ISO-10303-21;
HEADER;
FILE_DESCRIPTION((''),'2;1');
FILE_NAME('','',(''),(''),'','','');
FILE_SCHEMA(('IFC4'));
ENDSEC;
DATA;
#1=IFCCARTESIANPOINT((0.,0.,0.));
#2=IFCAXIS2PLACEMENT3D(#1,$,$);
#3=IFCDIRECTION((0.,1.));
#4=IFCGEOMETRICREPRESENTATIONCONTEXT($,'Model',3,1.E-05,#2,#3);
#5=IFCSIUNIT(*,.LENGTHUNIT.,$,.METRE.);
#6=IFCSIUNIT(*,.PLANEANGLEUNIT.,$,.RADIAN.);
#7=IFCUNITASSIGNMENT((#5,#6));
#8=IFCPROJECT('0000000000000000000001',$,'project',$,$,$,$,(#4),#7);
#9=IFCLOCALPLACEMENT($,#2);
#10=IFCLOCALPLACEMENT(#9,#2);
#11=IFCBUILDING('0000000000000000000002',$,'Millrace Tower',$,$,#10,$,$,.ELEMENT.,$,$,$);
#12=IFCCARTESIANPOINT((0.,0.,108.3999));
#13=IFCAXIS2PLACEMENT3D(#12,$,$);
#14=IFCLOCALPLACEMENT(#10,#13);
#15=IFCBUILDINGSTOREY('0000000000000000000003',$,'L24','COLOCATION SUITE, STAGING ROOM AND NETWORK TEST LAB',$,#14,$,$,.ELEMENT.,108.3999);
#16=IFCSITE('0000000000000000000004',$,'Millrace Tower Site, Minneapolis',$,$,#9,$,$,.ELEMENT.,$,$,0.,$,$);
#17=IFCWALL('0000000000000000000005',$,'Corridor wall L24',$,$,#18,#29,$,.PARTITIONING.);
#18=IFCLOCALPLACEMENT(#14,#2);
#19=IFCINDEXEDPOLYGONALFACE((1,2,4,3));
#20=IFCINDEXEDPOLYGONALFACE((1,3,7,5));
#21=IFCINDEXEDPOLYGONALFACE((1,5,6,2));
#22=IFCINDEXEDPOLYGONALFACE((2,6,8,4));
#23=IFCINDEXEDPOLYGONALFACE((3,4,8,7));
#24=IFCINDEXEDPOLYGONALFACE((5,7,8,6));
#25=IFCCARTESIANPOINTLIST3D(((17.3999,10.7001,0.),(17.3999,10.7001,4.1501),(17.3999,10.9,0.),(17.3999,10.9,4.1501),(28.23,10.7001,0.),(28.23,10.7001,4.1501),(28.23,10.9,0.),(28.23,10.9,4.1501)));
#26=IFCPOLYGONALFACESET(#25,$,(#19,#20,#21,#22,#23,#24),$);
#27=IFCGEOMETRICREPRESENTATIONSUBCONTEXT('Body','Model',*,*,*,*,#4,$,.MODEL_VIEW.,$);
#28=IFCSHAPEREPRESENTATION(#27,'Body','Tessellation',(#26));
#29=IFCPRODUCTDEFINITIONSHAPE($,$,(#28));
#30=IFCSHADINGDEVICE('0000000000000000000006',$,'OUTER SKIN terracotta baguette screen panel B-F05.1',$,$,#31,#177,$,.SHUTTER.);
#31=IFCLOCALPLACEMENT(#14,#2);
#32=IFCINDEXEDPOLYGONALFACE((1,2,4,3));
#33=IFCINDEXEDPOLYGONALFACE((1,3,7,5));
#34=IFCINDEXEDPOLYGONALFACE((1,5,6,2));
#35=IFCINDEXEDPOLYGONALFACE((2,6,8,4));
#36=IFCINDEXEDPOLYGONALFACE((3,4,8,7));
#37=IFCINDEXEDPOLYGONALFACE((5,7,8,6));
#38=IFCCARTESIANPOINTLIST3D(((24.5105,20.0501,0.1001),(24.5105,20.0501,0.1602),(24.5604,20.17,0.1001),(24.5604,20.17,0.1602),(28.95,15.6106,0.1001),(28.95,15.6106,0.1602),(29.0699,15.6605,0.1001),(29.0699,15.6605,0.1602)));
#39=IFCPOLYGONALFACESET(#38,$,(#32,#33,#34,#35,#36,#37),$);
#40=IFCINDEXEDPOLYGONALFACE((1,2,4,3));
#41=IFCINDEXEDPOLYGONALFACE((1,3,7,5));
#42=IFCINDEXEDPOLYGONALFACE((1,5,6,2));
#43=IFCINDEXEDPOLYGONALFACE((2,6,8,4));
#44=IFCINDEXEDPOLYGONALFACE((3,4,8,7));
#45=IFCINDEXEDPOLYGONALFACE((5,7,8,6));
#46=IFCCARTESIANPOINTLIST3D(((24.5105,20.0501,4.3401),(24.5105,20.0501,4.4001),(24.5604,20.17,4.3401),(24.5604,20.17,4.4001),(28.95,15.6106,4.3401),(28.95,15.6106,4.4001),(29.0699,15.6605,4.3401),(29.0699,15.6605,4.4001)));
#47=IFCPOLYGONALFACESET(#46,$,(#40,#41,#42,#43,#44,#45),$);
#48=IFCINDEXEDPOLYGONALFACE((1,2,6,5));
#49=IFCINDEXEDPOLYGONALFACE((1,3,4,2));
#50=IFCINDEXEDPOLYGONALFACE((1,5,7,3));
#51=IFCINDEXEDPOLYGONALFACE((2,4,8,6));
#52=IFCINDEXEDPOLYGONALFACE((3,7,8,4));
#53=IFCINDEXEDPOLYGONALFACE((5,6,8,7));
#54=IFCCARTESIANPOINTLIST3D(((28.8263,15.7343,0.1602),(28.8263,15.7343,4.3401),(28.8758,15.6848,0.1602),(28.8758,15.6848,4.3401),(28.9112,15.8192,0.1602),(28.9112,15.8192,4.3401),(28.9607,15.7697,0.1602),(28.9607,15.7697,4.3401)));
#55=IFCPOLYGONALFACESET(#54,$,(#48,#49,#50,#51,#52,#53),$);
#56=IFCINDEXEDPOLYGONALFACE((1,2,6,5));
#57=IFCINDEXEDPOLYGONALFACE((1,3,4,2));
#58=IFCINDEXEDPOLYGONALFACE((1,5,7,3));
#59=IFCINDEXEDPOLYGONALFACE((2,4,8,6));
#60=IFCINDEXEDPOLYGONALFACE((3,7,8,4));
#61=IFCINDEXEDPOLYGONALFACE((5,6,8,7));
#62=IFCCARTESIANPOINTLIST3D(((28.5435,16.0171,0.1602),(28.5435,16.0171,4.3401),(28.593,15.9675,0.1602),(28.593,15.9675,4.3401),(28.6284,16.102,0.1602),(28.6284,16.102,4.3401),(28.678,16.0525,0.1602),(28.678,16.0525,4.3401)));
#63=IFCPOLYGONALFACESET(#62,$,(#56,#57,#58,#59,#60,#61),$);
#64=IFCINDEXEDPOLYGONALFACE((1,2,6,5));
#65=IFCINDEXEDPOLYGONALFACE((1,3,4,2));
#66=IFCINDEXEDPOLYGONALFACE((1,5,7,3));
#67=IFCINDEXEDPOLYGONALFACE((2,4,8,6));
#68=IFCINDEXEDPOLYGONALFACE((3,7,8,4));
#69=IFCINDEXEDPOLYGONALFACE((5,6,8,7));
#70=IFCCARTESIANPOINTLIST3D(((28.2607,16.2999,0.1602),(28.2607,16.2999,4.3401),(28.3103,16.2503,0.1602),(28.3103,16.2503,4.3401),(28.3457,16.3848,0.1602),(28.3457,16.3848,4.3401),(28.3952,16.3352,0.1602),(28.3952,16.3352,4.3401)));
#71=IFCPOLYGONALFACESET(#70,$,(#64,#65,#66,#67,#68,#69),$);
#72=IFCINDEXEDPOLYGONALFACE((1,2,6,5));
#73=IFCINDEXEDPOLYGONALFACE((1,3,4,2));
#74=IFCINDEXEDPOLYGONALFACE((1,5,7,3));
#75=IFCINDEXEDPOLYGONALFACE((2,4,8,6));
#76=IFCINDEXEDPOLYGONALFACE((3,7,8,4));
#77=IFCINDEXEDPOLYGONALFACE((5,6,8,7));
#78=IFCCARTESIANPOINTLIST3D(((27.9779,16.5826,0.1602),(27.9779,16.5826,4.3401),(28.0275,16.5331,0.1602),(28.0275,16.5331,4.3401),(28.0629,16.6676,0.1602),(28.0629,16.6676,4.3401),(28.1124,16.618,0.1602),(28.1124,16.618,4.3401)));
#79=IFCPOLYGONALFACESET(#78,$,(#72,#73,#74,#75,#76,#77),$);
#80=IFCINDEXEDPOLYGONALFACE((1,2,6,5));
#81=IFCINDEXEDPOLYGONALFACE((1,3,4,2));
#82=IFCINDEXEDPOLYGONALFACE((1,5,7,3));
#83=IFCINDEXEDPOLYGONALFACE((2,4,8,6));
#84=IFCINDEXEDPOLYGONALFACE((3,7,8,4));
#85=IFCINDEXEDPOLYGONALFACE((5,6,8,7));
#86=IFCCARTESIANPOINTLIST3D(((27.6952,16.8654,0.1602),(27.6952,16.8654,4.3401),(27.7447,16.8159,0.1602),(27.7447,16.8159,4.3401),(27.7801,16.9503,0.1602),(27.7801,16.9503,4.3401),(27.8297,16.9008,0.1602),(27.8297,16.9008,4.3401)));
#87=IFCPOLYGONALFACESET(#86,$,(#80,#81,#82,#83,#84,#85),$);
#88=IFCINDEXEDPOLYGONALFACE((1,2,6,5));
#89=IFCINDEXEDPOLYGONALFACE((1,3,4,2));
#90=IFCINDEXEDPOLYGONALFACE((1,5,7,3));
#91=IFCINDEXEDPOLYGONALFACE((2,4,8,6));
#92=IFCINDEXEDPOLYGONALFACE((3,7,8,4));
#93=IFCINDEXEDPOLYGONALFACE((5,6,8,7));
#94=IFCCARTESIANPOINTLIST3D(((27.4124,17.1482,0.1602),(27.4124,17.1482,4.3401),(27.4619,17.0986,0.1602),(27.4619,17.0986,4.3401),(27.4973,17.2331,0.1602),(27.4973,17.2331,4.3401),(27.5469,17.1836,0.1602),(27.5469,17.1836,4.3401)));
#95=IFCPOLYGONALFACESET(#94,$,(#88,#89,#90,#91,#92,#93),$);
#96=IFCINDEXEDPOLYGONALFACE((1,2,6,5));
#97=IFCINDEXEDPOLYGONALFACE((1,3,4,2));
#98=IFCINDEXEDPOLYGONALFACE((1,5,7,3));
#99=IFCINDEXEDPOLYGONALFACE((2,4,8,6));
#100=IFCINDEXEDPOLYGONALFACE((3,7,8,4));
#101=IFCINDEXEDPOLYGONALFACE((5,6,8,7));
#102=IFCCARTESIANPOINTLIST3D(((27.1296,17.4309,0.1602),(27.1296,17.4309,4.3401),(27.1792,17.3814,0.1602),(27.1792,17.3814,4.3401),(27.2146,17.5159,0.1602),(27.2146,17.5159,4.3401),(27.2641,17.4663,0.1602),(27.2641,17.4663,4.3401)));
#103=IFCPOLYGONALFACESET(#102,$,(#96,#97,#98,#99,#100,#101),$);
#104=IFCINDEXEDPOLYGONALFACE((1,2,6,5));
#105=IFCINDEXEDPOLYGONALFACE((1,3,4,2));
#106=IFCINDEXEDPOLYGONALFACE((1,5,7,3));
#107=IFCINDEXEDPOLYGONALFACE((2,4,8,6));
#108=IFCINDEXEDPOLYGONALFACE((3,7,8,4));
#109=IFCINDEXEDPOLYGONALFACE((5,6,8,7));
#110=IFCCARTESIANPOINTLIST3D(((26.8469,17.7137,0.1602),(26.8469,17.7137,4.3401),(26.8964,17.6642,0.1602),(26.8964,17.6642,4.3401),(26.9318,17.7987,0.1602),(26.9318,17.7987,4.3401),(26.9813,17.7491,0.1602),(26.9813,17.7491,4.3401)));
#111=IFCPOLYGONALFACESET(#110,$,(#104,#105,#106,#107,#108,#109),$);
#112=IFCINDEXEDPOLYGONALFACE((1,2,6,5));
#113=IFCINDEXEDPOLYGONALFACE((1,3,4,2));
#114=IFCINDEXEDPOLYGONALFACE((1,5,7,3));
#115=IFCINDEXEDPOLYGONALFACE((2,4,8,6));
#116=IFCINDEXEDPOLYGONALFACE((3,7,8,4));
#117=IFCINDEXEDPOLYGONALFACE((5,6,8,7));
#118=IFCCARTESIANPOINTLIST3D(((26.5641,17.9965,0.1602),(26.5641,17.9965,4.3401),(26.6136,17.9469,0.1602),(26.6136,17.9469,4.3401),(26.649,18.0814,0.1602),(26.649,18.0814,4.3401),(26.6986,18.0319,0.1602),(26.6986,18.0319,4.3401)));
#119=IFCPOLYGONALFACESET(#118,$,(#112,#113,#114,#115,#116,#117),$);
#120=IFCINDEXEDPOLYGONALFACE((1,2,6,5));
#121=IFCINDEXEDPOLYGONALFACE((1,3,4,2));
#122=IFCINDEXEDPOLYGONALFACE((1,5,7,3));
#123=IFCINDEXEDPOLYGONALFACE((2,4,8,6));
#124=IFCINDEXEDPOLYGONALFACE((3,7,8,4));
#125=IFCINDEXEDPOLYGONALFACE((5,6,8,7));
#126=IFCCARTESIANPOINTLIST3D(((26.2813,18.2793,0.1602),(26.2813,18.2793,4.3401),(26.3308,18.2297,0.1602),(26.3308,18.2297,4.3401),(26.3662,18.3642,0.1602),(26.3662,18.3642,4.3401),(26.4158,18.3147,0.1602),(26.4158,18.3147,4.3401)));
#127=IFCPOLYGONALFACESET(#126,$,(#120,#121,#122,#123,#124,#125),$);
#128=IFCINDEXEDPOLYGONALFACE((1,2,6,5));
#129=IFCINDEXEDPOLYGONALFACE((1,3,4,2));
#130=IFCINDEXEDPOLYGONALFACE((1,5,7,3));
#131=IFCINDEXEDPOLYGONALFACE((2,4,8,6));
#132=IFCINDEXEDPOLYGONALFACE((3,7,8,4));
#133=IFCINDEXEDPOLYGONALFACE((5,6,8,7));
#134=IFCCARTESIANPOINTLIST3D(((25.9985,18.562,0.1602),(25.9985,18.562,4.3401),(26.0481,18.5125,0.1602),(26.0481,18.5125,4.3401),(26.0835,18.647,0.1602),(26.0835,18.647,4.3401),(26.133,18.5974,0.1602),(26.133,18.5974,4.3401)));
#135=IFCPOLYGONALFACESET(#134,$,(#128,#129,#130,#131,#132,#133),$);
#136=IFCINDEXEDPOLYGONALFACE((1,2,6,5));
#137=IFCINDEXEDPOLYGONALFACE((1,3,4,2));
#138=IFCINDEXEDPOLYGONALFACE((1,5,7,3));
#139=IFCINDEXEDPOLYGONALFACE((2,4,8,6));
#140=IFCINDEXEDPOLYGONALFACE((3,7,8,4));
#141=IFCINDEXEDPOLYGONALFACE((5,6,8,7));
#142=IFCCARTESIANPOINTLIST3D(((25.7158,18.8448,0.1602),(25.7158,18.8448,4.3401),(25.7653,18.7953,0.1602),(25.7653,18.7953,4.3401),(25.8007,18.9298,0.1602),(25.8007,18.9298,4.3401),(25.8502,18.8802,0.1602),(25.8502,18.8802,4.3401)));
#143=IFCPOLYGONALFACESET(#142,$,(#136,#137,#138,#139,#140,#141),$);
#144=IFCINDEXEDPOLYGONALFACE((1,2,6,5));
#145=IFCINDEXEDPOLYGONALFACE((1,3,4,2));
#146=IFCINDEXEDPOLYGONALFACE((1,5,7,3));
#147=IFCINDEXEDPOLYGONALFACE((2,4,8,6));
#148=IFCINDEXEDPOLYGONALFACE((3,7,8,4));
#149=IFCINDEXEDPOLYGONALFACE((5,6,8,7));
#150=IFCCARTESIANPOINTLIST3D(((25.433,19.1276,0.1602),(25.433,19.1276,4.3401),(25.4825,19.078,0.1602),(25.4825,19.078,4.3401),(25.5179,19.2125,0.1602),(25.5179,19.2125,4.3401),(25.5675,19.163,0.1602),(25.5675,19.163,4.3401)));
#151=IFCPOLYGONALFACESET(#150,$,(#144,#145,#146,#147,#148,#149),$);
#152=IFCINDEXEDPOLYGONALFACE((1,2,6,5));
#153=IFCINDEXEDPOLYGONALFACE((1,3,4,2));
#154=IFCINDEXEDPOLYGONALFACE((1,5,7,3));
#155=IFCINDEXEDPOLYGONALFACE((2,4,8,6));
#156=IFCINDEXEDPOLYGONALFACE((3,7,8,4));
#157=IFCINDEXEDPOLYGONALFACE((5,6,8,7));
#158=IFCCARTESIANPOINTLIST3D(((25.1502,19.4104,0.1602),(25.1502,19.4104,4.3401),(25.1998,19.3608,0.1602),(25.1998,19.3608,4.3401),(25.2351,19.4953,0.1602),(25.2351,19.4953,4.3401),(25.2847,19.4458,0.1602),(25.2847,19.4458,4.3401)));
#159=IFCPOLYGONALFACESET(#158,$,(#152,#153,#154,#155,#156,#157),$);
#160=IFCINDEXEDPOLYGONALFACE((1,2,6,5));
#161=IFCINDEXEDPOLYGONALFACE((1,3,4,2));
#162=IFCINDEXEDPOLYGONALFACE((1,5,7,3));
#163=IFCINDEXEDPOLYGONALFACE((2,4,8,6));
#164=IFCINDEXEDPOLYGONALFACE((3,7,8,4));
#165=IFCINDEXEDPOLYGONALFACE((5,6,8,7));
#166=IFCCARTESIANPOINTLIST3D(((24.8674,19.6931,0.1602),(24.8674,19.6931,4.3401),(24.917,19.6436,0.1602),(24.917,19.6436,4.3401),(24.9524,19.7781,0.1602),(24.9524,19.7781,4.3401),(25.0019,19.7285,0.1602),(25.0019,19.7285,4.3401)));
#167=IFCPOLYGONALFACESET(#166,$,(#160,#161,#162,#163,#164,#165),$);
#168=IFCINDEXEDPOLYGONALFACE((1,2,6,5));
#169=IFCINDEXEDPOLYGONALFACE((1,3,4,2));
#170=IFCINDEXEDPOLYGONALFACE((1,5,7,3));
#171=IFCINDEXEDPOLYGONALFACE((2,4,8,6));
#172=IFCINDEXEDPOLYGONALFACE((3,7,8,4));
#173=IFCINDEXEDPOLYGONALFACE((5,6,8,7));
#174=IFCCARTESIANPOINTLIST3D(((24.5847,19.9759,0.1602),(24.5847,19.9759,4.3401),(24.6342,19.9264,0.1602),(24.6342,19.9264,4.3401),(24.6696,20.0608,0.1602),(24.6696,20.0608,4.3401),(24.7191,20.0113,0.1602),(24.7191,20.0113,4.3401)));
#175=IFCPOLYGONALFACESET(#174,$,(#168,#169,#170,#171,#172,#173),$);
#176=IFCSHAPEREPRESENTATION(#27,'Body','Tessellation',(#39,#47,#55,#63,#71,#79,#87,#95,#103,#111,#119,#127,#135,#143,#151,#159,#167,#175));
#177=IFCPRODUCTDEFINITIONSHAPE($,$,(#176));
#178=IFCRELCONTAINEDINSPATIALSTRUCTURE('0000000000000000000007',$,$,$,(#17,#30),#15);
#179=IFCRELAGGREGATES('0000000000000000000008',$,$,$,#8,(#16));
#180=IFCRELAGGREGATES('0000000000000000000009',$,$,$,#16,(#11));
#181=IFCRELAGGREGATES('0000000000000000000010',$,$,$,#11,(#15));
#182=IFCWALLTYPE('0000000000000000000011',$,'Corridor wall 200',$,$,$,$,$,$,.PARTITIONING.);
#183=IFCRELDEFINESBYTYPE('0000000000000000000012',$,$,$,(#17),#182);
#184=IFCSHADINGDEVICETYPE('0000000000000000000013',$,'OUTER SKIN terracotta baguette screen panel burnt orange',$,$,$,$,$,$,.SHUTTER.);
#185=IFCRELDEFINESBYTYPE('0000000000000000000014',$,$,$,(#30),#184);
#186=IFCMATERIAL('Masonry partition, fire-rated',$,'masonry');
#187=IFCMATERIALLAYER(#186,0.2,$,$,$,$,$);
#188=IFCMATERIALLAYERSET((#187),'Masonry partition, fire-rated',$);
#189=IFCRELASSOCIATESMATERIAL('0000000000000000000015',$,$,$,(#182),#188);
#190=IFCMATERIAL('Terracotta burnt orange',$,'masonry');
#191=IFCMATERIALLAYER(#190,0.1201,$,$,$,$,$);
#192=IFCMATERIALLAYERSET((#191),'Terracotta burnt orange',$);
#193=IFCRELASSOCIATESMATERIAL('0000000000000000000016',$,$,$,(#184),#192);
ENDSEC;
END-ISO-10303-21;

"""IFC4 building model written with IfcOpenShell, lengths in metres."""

from ifc_helpers import new_model, entity, si_unit, direction, frame, frame_2d, origin, place, context, subcontext, project, spatial, rectangle, extrude, source, transform, mapped, material, layer, layer_set, type_object, element, save


model = new_model("IFC4")

# Units and contexts
model_context = context("Model", 3, precision=1e-05, world=origin(), true_north=direction((0.0, 1.0)))
body_context = subcontext(model_context, "Body", "Model", "MODEL_VIEW")
ifc_project = project(units=[si_unit("LENGTHUNIT", "METRE"), si_unit("PLANEANGLEUNIT", "RADIAN")], contexts=[model_context])

# Site, building, storey
site_placement = place(None, origin())
site = spatial("IfcSite", under=ifc_project, at=site_placement, Name="Millrace Tower Site, Minneapolis", CompositionType="ELEMENT", RefElevation=0.0)
building_placement = place(site_placement, origin())
building = spatial("IfcBuilding", under=site, at=building_placement, Name="Millrace Tower", CompositionType="ELEMENT")
storey_placement = place(building_placement, frame((0.0, 0.0, 108.3999)))
storey = spatial("IfcBuildingStorey", under=building, at=storey_placement, Name="L24", Description="COLOCATION SUITE, STAGING ROOM AND NETWORK TEST LAB", CompositionType="ELEMENT", Elevation=108.3999)

# Wall
ifc_material_1 = material(Name="Masonry partition, fire-rated", Category="masonry")
ifc_layer_1 = layer(ifc_material_1, 0.2)
ifc_layer_set_1 = layer_set([ifc_layer_1], Name="Masonry partition, fire-rated")
wall_type = type_object("IfcWallType", Name="Corridor wall 200", PredefinedType="PARTITIONING", material=ifc_layer_set_1)
wall_placement = place(storey_placement, frame((17.3999, 10.8, 0.0), z_axis=(0.0, 0.0, 1.0), x_axis=(1.0, 0.0, 0.0)))
element("IfcWall", 1, at=wall_placement, inside=storey, type_object=wall_type, Name="Corridor wall L24", PredefinedType="PARTITIONING", context=body_context, shape_type="SweptSolid", body=[
    extrude(rectangle(XDim=10.8301, YDim=0.2, at=frame_2d((5.415, 0.0))), origin(), (0.0, 0.0, 1.0), 4.1501),
])

# Shading device
ifc_material_2 = material(Name="Terracotta burnt orange", Category="masonry")
ifc_layer_2 = layer(ifc_material_2, 0.1201)
ifc_layer_set_2 = layer_set([ifc_layer_2], Name="Terracotta burnt orange")
shading_device_type = type_object("IfcShadingDeviceType", Name="OUTER SKIN terracotta baguette screen panel burnt orange", PredefinedType="SHUTTER", material=ifc_layer_set_2)
cartesian_point_1 = entity("IfcCartesianPoint", [-3.1392, 0.0601])
shared_polyline_1 = entity("IfcPolyline", [cartesian_point_1, entity("IfcCartesianPoint", [3.1392, 0.0601]), entity("IfcCartesianPoint", [3.1887, -0.0601]), entity("IfcCartesianPoint", [-3.1887, -0.0601]), cartesian_point_1])
shared_shape_1 = source(origin(), body_context, "Body", "SweptSolid", [
    entity("IfcExtrudedAreaSolid", entity("IfcArbitraryClosedProfileDef", "AREA", None, shared_polyline_1), entity("IfcAxis2Placement3D", entity("IfcCartesianPoint", [0.0, 0.0, 0.0])), entity("IfcDirection", [0.0, 0.0, 1.0]), 0.0601),
    entity("IfcExtrudedAreaSolid", entity("IfcArbitraryClosedProfileDef", "AREA", None, shared_polyline_1), entity("IfcAxis2Placement3D", entity("IfcCartesianPoint", [0.0, 0.0, 4.24])), entity("IfcDirection", [0.0, 0.0, 1.0]), 0.0601),
    extrude(rectangle(XDim=0.0701, YDim=0.1201, at=frame_2d((-2.9993, 0.0))), frame((0.0, 0.0, 0.0601)), (0.0, 0.0, 1.0), 4.1799),
    extrude(rectangle(XDim=0.0701, YDim=0.1201, at=frame_2d((-2.5994, 0.0))), frame((0.0, 0.0, 0.0601)), (0.0, 0.0, 1.0), 4.1799),
    extrude(rectangle(XDim=0.0701, YDim=0.1201, at=frame_2d((-2.1995, 0.0))), frame((0.0, 0.0, 0.0601)), (0.0, 0.0, 1.0), 4.1799),
    extrude(rectangle(XDim=0.0701, YDim=0.1201, at=frame_2d((-1.7996, 0.0))), frame((0.0, 0.0, 0.0601)), (0.0, 0.0, 1.0), 4.1799),
    extrude(rectangle(XDim=0.0701, YDim=0.1201, at=frame_2d((-1.3997, 0.0))), frame((0.0, 0.0, 0.0601)), (0.0, 0.0, 1.0), 4.1799),
    extrude(rectangle(XDim=0.0701, YDim=0.1201, at=frame_2d((-0.9998, 0.0))), frame((0.0, 0.0, 0.0601)), (0.0, 0.0, 1.0), 4.1799),
    extrude(rectangle(XDim=0.0701, YDim=0.1201, at=frame_2d((-0.5999, 0.0))), frame((0.0, 0.0, 0.0601)), (0.0, 0.0, 1.0), 4.1799),
    extrude(rectangle(XDim=0.0701, YDim=0.1201, at=frame_2d((-0.2, 0.0))), frame((0.0, 0.0, 0.0601)), (0.0, 0.0, 1.0), 4.1799),
    extrude(rectangle(XDim=0.0701, YDim=0.1201, at=frame_2d((0.2, 0.0))), frame((0.0, 0.0, 0.0601)), (0.0, 0.0, 1.0), 4.1799),
    extrude(rectangle(XDim=0.0701, YDim=0.1201, at=frame_2d((0.5999, 0.0))), frame((0.0, 0.0, 0.0601)), (0.0, 0.0, 1.0), 4.1799),
    extrude(rectangle(XDim=0.0701, YDim=0.1201, at=frame_2d((0.9998, 0.0))), frame((0.0, 0.0, 0.0601)), (0.0, 0.0, 1.0), 4.1799),
    extrude(rectangle(XDim=0.0701, YDim=0.1201, at=frame_2d((1.3997, 0.0))), frame((0.0, 0.0, 0.0601)), (0.0, 0.0, 1.0), 4.1799),
    extrude(rectangle(XDim=0.0701, YDim=0.1201, at=frame_2d((1.7996, 0.0))), frame((0.0, 0.0, 0.0601)), (0.0, 0.0, 1.0), 4.1799),
    extrude(rectangle(XDim=0.0701, YDim=0.1201, at=frame_2d((2.1995, 0.0))), frame((0.0, 0.0, 0.0601)), (0.0, 0.0, 1.0), 4.1799),
    extrude(rectangle(XDim=0.0701, YDim=0.1201, at=frame_2d((2.5994, 0.0))), frame((0.0, 0.0, 0.0601)), (0.0, 0.0, 1.0), 4.1799),
    extrude(rectangle(XDim=0.0701, YDim=0.1201, at=frame_2d((2.9993, 0.0))), frame((0.0, 0.0, 0.0601)), (0.0, 0.0, 1.0), 4.1799),
])
shading_device_1_placement = place(storey_placement, frame((26.7727, 17.8728, 0.1001), z_axis=(0.0, 0.0, 1.0), x_axis=(-0.707107, 0.707107, 0.0)))
element("IfcShadingDevice", 2, at=shading_device_1_placement, inside=storey, type_object=shading_device_type, Name="OUTER SKIN terracotta baguette screen panel B-F05.1", PredefinedType="SHUTTER", context=body_context, shape_type="MappedRepresentation", body=[
    mapped(shared_shape_1, transform((0.0, 0.0, 0.0), scale=1.0)),
])

save(model, "model.ifc")
